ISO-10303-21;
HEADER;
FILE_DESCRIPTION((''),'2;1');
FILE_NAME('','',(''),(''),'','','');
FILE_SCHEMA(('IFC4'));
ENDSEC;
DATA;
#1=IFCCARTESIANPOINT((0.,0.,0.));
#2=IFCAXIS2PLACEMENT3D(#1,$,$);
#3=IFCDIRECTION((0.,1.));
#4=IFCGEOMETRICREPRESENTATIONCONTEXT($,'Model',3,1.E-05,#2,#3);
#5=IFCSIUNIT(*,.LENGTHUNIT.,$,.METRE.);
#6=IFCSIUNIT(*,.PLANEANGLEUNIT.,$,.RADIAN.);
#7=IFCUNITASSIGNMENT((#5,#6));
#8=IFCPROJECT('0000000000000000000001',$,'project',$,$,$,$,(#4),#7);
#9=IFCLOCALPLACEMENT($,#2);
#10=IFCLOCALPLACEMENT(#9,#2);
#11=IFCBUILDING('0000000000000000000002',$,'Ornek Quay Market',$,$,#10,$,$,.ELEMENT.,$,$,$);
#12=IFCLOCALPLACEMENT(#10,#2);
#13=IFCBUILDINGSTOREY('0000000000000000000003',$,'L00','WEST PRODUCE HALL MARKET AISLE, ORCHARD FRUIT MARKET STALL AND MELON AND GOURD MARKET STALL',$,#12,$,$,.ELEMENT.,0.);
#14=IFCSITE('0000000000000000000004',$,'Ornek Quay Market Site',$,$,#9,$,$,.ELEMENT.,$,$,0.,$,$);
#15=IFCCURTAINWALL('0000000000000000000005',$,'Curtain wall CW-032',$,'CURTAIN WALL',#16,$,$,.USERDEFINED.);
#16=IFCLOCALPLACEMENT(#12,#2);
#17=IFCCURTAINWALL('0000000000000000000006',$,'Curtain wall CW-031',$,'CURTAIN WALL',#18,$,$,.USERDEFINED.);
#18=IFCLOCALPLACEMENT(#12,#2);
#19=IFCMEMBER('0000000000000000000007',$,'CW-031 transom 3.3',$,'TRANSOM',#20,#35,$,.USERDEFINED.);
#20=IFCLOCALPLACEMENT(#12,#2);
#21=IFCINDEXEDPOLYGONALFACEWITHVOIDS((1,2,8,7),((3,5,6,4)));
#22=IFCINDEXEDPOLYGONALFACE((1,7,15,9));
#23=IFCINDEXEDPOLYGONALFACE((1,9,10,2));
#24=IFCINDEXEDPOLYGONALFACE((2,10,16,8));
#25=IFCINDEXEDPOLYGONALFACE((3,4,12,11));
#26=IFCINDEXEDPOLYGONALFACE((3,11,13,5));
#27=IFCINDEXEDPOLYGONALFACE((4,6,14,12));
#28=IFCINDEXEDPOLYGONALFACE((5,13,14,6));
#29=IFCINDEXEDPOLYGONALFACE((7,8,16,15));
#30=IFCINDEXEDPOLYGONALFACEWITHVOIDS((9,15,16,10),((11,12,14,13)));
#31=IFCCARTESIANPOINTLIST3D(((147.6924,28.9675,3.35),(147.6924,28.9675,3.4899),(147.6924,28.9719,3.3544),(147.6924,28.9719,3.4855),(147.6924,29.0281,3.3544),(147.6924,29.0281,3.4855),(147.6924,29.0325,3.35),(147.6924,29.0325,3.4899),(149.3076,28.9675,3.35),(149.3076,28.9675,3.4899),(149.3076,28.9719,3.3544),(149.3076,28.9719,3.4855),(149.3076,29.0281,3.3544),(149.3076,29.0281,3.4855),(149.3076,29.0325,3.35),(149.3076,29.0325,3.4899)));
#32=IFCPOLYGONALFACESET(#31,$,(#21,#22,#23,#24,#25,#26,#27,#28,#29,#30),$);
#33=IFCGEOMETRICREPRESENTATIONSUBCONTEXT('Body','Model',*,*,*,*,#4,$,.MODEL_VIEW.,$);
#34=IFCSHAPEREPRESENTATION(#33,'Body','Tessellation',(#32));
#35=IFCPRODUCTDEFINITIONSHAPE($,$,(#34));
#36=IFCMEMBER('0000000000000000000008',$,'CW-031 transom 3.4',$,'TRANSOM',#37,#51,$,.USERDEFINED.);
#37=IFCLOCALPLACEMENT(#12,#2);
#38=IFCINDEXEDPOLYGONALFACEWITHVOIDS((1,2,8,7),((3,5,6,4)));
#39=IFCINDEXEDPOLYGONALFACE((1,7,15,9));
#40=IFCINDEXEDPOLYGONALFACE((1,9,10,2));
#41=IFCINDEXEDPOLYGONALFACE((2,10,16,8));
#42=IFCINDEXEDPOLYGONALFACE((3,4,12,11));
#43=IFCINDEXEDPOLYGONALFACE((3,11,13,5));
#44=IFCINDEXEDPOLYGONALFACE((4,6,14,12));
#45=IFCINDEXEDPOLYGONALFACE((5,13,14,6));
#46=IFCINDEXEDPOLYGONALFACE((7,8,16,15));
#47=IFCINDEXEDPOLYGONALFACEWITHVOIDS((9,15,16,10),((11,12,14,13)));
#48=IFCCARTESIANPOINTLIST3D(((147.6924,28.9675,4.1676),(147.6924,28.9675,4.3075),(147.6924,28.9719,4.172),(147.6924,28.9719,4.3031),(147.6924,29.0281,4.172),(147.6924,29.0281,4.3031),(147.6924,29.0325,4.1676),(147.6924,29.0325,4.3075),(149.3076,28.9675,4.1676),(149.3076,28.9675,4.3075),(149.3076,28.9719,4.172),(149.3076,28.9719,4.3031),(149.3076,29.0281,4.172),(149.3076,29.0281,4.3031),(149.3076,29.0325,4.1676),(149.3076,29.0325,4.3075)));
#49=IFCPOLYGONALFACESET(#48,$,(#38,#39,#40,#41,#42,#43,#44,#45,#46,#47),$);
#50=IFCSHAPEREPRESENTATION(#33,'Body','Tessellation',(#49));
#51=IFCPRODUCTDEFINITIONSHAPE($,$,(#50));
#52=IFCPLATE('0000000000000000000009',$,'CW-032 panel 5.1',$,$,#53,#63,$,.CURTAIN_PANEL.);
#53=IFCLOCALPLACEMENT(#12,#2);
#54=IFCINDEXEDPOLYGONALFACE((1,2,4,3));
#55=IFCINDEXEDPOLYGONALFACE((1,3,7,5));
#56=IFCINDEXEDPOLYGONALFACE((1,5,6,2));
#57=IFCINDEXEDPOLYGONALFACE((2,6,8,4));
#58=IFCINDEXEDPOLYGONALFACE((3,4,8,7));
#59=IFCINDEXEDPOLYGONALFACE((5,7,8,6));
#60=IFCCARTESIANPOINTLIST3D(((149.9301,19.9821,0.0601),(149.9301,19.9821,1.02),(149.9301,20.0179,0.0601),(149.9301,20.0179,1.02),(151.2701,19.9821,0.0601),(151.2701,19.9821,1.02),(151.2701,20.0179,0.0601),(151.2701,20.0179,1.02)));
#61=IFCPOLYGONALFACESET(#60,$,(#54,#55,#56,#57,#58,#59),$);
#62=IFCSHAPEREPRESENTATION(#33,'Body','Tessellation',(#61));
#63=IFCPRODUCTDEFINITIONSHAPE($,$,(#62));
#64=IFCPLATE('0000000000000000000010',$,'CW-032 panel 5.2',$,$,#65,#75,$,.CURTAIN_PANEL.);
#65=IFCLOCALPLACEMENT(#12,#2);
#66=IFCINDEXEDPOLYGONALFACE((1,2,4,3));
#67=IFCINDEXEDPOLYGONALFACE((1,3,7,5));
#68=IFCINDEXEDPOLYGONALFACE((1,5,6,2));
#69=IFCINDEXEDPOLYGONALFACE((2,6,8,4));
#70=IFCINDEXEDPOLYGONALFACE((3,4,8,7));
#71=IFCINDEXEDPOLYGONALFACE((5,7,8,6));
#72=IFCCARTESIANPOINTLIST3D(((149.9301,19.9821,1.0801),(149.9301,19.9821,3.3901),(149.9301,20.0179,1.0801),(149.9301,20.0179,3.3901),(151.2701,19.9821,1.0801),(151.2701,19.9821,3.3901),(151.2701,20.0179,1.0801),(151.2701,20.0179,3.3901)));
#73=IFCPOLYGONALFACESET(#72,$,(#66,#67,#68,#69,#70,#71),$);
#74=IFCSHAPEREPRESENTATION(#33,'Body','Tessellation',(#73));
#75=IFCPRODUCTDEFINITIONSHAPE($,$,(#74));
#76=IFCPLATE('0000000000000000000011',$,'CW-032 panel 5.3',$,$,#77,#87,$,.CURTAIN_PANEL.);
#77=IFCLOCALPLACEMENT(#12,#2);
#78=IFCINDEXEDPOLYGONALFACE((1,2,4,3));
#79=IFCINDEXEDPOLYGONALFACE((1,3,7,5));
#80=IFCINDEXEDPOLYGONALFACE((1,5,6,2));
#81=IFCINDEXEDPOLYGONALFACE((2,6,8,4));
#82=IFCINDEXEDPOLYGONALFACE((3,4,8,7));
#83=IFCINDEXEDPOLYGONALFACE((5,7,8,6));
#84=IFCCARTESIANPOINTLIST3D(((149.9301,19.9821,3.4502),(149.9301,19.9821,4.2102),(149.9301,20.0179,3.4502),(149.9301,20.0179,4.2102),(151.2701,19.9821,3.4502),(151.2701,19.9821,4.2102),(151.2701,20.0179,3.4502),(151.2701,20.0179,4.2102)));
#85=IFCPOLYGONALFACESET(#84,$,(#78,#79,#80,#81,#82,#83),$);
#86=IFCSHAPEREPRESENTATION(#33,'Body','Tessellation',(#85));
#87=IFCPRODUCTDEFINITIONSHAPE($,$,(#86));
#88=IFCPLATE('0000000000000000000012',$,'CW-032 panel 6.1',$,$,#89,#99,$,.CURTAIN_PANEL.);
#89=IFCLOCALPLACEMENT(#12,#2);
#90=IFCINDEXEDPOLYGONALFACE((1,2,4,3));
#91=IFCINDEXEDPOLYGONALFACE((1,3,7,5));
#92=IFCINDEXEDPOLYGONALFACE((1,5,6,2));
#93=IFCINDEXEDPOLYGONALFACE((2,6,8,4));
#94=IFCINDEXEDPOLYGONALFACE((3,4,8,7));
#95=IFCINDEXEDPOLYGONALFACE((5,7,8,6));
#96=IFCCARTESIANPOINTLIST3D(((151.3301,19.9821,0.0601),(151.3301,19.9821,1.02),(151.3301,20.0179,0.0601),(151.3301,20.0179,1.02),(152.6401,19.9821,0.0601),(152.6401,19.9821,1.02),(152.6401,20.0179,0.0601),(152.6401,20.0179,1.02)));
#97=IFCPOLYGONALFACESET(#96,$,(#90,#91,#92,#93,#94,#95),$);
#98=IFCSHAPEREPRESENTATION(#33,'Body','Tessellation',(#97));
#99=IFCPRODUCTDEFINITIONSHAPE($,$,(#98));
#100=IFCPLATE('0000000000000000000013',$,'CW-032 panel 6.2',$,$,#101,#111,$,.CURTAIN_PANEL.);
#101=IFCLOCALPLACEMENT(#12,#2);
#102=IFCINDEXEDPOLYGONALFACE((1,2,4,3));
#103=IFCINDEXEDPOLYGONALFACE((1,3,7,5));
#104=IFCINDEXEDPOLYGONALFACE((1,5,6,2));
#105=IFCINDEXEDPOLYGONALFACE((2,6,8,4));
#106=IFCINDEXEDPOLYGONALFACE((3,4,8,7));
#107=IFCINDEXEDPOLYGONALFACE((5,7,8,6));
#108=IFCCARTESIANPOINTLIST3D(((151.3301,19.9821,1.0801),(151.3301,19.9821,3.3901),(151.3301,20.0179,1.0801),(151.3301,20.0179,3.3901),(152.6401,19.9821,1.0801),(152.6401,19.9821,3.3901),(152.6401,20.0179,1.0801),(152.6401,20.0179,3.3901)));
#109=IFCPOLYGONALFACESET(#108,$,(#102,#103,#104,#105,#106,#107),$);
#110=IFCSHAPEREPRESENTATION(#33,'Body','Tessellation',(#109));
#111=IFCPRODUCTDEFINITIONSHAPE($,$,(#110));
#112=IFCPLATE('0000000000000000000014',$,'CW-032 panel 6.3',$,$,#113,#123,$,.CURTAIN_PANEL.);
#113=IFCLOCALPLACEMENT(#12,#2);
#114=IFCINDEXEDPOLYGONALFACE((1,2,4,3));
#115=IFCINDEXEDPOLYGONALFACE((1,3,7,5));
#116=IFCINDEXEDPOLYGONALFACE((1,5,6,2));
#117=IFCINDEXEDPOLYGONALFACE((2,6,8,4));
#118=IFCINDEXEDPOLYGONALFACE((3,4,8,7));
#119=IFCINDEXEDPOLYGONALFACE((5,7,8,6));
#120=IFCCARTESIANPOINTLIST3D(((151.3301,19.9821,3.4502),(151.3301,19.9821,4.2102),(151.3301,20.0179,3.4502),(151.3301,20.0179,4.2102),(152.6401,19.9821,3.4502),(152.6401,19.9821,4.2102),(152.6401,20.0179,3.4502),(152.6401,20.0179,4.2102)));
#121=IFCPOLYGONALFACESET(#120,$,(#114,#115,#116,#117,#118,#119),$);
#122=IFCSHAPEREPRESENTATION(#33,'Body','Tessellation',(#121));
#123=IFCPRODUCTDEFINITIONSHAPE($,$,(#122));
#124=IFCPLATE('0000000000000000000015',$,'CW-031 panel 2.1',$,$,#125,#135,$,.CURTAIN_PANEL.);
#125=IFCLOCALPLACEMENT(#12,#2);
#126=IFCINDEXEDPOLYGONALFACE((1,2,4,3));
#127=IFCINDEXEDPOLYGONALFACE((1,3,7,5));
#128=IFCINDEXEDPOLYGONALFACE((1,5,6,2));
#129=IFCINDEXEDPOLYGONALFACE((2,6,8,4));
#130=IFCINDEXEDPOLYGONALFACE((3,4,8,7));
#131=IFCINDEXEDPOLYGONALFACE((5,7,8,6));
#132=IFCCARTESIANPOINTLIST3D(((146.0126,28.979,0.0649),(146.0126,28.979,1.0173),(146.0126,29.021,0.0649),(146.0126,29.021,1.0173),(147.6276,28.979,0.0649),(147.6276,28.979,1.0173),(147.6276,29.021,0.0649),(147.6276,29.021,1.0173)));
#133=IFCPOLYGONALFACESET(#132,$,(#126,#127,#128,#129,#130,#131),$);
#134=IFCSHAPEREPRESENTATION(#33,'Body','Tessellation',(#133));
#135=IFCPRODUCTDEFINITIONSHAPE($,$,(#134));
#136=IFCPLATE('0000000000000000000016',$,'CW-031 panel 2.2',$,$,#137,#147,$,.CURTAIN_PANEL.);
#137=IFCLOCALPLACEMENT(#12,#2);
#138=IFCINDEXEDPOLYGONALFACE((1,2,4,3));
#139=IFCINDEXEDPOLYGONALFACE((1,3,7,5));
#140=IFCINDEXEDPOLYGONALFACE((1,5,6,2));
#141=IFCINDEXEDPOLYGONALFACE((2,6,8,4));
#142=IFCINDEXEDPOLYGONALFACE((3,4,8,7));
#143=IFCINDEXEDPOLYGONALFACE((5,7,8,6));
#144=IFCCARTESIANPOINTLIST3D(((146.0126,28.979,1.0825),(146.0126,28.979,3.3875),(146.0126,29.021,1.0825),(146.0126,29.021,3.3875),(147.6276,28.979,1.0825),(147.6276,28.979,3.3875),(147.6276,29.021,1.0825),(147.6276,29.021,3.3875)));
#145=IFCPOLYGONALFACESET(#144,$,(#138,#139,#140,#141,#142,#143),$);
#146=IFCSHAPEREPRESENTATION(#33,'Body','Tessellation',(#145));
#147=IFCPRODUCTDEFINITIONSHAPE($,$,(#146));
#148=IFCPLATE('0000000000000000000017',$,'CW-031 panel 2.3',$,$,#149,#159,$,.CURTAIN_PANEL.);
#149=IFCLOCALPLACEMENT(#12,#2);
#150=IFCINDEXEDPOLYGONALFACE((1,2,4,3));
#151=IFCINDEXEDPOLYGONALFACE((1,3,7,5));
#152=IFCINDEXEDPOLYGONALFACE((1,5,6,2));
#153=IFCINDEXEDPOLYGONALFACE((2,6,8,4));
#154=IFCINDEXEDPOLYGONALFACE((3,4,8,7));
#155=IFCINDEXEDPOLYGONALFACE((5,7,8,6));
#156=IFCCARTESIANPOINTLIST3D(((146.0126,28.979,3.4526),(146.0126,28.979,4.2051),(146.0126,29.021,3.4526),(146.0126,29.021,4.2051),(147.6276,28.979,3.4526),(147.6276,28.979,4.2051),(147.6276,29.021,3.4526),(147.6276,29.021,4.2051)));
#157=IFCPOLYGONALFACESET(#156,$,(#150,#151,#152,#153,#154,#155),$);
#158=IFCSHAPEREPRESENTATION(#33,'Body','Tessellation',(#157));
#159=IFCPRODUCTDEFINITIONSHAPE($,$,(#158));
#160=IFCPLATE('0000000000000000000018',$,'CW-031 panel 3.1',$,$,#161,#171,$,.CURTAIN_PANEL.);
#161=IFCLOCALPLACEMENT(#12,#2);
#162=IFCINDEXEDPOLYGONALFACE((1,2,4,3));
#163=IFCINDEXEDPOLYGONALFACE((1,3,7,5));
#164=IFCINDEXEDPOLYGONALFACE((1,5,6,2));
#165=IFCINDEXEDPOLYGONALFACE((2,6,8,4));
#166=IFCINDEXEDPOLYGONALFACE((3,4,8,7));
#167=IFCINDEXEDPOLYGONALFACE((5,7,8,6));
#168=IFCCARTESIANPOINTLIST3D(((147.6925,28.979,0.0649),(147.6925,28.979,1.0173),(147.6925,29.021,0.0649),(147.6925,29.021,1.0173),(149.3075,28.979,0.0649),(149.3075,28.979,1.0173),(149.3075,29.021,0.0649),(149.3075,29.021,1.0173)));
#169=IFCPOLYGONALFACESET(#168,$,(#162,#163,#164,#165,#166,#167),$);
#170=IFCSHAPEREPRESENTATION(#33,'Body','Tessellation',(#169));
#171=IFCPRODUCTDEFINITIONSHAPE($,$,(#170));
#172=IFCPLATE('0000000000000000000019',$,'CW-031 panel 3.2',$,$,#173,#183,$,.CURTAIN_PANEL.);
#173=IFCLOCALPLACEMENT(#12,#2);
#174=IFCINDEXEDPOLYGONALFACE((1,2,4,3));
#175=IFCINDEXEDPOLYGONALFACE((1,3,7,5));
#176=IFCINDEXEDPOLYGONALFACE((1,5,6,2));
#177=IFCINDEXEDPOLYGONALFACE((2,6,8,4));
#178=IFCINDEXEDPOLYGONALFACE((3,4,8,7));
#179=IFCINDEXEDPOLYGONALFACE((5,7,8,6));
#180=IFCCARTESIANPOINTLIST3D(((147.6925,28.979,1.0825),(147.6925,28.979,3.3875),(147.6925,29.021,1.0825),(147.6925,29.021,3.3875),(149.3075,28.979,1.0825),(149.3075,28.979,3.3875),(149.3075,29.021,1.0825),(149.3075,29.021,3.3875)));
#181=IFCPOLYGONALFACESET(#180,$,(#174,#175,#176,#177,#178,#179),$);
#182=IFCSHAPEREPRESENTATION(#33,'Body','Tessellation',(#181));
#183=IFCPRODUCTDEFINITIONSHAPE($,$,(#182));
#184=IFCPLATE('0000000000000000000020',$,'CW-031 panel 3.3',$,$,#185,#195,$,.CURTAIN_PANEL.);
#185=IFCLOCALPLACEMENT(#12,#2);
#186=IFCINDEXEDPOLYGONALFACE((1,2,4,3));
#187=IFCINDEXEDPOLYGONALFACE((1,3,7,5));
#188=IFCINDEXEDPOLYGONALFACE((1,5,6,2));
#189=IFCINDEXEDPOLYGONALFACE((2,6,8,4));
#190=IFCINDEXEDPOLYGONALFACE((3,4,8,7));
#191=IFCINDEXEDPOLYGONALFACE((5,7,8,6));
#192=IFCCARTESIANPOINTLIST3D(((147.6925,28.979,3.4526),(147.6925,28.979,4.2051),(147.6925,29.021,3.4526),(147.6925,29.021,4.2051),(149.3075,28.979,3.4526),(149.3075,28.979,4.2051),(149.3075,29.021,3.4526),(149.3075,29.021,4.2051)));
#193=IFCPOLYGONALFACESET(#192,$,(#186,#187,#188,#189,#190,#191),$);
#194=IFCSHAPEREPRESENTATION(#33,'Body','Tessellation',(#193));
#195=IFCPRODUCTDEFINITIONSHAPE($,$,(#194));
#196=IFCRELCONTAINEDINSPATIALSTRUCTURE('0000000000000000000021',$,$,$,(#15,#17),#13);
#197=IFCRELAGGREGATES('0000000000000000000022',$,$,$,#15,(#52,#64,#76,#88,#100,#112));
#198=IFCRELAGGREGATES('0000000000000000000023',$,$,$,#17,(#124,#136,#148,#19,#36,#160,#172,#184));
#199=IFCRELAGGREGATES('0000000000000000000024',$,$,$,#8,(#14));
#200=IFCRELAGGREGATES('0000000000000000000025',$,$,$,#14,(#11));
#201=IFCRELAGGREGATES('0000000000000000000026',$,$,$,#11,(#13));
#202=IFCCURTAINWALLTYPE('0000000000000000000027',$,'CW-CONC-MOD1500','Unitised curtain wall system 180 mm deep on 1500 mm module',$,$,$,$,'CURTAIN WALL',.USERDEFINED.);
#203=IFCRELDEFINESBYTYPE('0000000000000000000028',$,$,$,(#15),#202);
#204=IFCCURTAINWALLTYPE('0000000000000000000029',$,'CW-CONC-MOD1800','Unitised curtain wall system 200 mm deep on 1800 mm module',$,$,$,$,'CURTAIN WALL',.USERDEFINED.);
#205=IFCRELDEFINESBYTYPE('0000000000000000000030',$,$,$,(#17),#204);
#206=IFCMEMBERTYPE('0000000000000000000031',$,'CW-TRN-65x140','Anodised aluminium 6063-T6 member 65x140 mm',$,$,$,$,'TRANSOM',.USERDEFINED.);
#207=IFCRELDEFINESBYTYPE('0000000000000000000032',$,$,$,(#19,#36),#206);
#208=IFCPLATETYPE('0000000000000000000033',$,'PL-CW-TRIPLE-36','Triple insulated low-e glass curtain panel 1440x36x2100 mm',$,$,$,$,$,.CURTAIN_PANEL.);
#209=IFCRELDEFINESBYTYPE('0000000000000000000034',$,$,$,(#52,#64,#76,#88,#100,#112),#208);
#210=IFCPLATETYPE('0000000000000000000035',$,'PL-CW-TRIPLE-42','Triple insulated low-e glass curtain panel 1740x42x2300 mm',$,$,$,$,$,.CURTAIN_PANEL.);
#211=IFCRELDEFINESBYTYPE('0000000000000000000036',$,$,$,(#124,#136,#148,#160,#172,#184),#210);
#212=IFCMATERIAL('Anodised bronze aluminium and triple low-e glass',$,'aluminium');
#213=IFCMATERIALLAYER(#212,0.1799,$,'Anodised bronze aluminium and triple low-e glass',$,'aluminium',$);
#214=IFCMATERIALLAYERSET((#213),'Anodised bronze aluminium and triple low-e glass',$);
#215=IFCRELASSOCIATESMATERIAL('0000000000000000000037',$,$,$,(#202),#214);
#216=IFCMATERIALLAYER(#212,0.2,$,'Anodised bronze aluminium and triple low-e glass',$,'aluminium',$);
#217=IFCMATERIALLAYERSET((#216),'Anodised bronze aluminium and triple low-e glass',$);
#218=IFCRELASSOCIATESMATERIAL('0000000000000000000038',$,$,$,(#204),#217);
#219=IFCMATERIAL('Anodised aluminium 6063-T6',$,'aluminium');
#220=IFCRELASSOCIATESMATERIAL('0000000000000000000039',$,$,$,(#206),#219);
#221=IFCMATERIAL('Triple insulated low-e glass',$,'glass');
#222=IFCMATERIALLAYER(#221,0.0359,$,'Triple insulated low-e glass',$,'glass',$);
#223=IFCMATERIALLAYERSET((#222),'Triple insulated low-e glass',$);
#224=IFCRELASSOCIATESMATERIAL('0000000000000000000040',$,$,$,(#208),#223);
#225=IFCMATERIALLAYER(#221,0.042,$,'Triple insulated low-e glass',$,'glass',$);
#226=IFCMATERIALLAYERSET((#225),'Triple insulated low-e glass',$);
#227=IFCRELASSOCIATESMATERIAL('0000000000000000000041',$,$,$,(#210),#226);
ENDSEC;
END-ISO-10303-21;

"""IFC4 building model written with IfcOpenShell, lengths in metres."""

from ifc_helpers import new_model, si_unit, direction, frame, origin, origin_2d, place, context, subcontext, project, spatial, rectangle, hollow_rectangle, extrude, material, layer, layer_set, material_profile, profile_set, type_object, element, aggregate, save


model = new_model("IFC4")

# Units and contexts
model_context = context("Model", 3, precision=1e-05, world=origin(), true_north=direction((0.0, 1.0)))
body_context = subcontext(model_context, "Body", "Model", "MODEL_VIEW")
ifc_project = project(units=[si_unit("LENGTHUNIT", "METRE"), si_unit("PLANEANGLEUNIT", "RADIAN")], contexts=[model_context])

# Site, building, storey
site_placement = place(None, origin())
site = spatial("IfcSite", under=ifc_project, at=site_placement, Name="Ornek Quay Market Site", CompositionType="ELEMENT", RefElevation=0.0)
building_placement = place(site_placement, origin())
building = spatial("IfcBuilding", under=site, at=building_placement, Name="Ornek Quay Market", CompositionType="ELEMENT")
storey_placement = place(building_placement, origin())
storey = spatial("IfcBuildingStorey", under=building, at=storey_placement, Name="L00", Description="WEST PRODUCE HALL MARKET AISLE, ORCHARD FRUIT MARKET STALL AND MELON AND GOURD MARKET STALL", CompositionType="ELEMENT", Elevation=0.0)

# Curtain walls
ifc_material_1 = material(Name="Anodised bronze aluminium and triple low-e glass", Category="aluminium")
ifc_layer_1 = layer(ifc_material_1, 0.1799, Name="Anodised bronze aluminium and triple low-e glass", Category="aluminium")
ifc_layer_set_1 = layer_set([ifc_layer_1], Name="Anodised bronze aluminium and triple low-e glass")
curtain_wall_type_1 = type_object("IfcCurtainWallType", Name="CW-CONC-MOD1500", Description="Unitised curtain wall system 180 mm deep on 1500 mm module", ElementType="CURTAIN WALL", PredefinedType="USERDEFINED", material=ifc_layer_set_1)
curtain_wall_1_placement = place(storey_placement, origin())
curtain_wall_1 = element("IfcCurtainWall", 1, at=curtain_wall_1_placement, inside=storey, type_object=curtain_wall_type_1, Name="Curtain wall CW-032", ObjectType="CURTAIN WALL", PredefinedType="USERDEFINED")
ifc_material_2 = material(Name="Anodised aluminium 6063-T6", Category="aluminium")
ifc_layer_2 = layer(ifc_material_1, 0.2, Name="Anodised bronze aluminium and triple low-e glass", Category="aluminium")
ifc_layer_set_2 = layer_set([ifc_layer_2], Name="Anodised bronze aluminium and triple low-e glass")
curtain_wall_type_2 = type_object("IfcCurtainWallType", Name="CW-CONC-MOD1800", Description="Unitised curtain wall system 200 mm deep on 1800 mm module", ElementType="CURTAIN WALL", PredefinedType="USERDEFINED", material=ifc_layer_set_2)
curtain_wall_2_placement = place(storey_placement, origin())
curtain_wall_2 = element("IfcCurtainWall", 2, at=curtain_wall_2_placement, inside=storey, type_object=curtain_wall_type_2, Name="Curtain wall CW-031", ObjectType="CURTAIN WALL", PredefinedType="USERDEFINED")

# Members
ifc_material_profile_1 = material_profile(ifc_material_2, hollow_rectangle(XDim=0.0649, YDim=0.1399, WallThickness=0.0044, at=origin_2d()), Name="CW-TRN-65x140", Category="aluminium")
ifc_profile_set_1 = profile_set([ifc_material_profile_1], Name="Anodised aluminium 6063-T6")
member_type_1 = type_object("IfcMemberType", Name="CW-TRN-65x140", Description="Anodised aluminium 6063-T6 member 65x140 mm", ElementType="TRANSOM", PredefinedType="USERDEFINED", material=ifc_profile_set_1)
member_1_placement = place(storey_placement, frame((147.6924, 29.0, 3.4199), z_axis=(1.0, 0.0, 0.0), x_axis=(0.0, 1.0, 0.0)))
member_1 = element("IfcMember", 3, at=member_1_placement, type_object=member_type_1, Name="CW-031 transom 3.3", ObjectType="TRANSOM", PredefinedType="USERDEFINED", context=body_context, shape_type="SweptSolid", body=[
    extrude(hollow_rectangle(XDim=0.0649, YDim=0.1399, WallThickness=0.0044, at=origin_2d()), origin(), (0.0, 0.0, 1.0), 1.6152),
])
member_2_placement = place(storey_placement, frame((147.6924, 29.0, 4.2375), z_axis=(1.0, 0.0, 0.0), x_axis=(0.0, 1.0, 0.0)))
member_2 = element("IfcMember", 4, at=member_2_placement, type_object=member_type_1, Name="CW-031 transom 3.4", ObjectType="TRANSOM", PredefinedType="USERDEFINED", context=body_context, shape_type="SweptSolid", body=[
    extrude(hollow_rectangle(XDim=0.0649, YDim=0.1399, WallThickness=0.0044, at=origin_2d()), origin(), (0.0, 0.0, 1.0), 1.6152),
])

# Plates
ifc_material_3 = material(Name="Triple insulated low-e glass", Category="glass")
ifc_layer_3 = layer(ifc_material_3, 0.0359, Name="Triple insulated low-e glass", Category="glass")
ifc_layer_set_3 = layer_set([ifc_layer_3], Name="Triple insulated low-e glass")
plate_type_1 = type_object("IfcPlateType", Name="PL-CW-TRIPLE-36", Description="Triple insulated low-e glass curtain panel 1440x36x2100 mm", PredefinedType="CURTAIN_PANEL", material=ifc_layer_set_3)
plate_1_placement = place(storey_placement, frame((150.6001, 20.0, 0.0601), z_axis=(0.0, 0.0, 1.0), x_axis=(1.0, 0.0, 0.0)))
plate_1 = element("IfcPlate", 5, at=plate_1_placement, type_object=plate_type_1, Name="CW-032 panel 5.1", PredefinedType="CURTAIN_PANEL", context=body_context, shape_type="SweptSolid", body=[
    extrude(rectangle(XDim=1.3401, YDim=0.0359, at=origin_2d()), origin(), (0.0, 0.0, 1.0), 0.96),
])
plate_2_placement = place(storey_placement, frame((150.6001, 20.0, 1.0801), z_axis=(0.0, 0.0, 1.0), x_axis=(1.0, 0.0, 0.0)))
plate_2 = element("IfcPlate", 6, at=plate_2_placement, type_object=plate_type_1, Name="CW-032 panel 5.2", PredefinedType="CURTAIN_PANEL", context=body_context, shape_type="SweptSolid", body=[
    extrude(rectangle(XDim=1.3401, YDim=0.0359, at=origin_2d()), origin(), (0.0, 0.0, 1.0), 2.3101),
])
plate_3_placement = place(storey_placement, frame((150.6001, 20.0, 3.4502), z_axis=(0.0, 0.0, 1.0), x_axis=(1.0, 0.0, 0.0)))
plate_3 = element("IfcPlate", 7, at=plate_3_placement, type_object=plate_type_1, Name="CW-032 panel 5.3", PredefinedType="CURTAIN_PANEL", context=body_context, shape_type="SweptSolid", body=[
    extrude(rectangle(XDim=1.3401, YDim=0.0359, at=origin_2d()), origin(), (0.0, 0.0, 1.0), 0.76),
])
plate_4_placement = place(storey_placement, frame((151.9851, 20.0, 0.0601), z_axis=(0.0, 0.0, 1.0), x_axis=(1.0, 0.0, 0.0)))
plate_4 = element("IfcPlate", 8, at=plate_4_placement, type_object=plate_type_1, Name="CW-032 panel 6.1", PredefinedType="CURTAIN_PANEL", context=body_context, shape_type="SweptSolid", body=[
    extrude(rectangle(XDim=1.3101, YDim=0.0359, at=origin_2d()), origin(), (0.0, 0.0, 1.0), 0.96),
])
plate_5_placement = place(storey_placement, frame((151.9851, 20.0, 1.0801), z_axis=(0.0, 0.0, 1.0), x_axis=(1.0, 0.0, 0.0)))
plate_5 = element("IfcPlate", 9, at=plate_5_placement, type_object=plate_type_1, Name="CW-032 panel 6.2", PredefinedType="CURTAIN_PANEL", context=body_context, shape_type="SweptSolid", body=[
    extrude(rectangle(XDim=1.3101, YDim=0.0359, at=origin_2d()), origin(), (0.0, 0.0, 1.0), 2.3101),
])
plate_6_placement = place(storey_placement, frame((151.9851, 20.0, 3.4502), z_axis=(0.0, 0.0, 1.0), x_axis=(1.0, 0.0, 0.0)))
plate_6 = element("IfcPlate", 10, at=plate_6_placement, type_object=plate_type_1, Name="CW-032 panel 6.3", PredefinedType="CURTAIN_PANEL", context=body_context, shape_type="SweptSolid", body=[
    extrude(rectangle(XDim=1.3101, YDim=0.0359, at=origin_2d()), origin(), (0.0, 0.0, 1.0), 0.76),
])
aggregate(curtain_wall_1, [plate_1, plate_2, plate_3, plate_4, plate_5, plate_6])
ifc_layer_4 = layer(ifc_material_3, 0.042, Name="Triple insulated low-e glass", Category="glass")
ifc_layer_set_4 = layer_set([ifc_layer_4], Name="Triple insulated low-e glass")
plate_type_2 = type_object("IfcPlateType", Name="PL-CW-TRIPLE-42", Description="Triple insulated low-e glass curtain panel 1740x42x2300 mm", PredefinedType="CURTAIN_PANEL", material=ifc_layer_set_4)
plate_7_placement = place(storey_placement, frame((146.8201, 29.0, 0.0649), z_axis=(0.0, 0.0, 1.0), x_axis=(1.0, 0.0, 0.0)))
plate_7 = element("IfcPlate", 11, at=plate_7_placement, type_object=plate_type_2, Name="CW-031 panel 2.1", PredefinedType="CURTAIN_PANEL", context=body_context, shape_type="SweptSolid", body=[
    extrude(rectangle(XDim=1.615, YDim=0.042, at=origin_2d()), origin(), (0.0, 0.0, 1.0), 0.9524),
])
plate_8_placement = place(storey_placement, frame((146.8201, 29.0, 1.0825), z_axis=(0.0, 0.0, 1.0), x_axis=(1.0, 0.0, 0.0)))
plate_8 = element("IfcPlate", 12, at=plate_8_placement, type_object=plate_type_2, Name="CW-031 panel 2.2", PredefinedType="CURTAIN_PANEL", context=body_context, shape_type="SweptSolid", body=[
    extrude(rectangle(XDim=1.615, YDim=0.042, at=origin_2d()), origin(), (0.0, 0.0, 1.0), 2.3049),
])
plate_9_placement = place(storey_placement, frame((146.8201, 29.0, 3.4526), z_axis=(0.0, 0.0, 1.0), x_axis=(1.0, 0.0, 0.0)))
plate_9 = element("IfcPlate", 13, at=plate_9_placement, type_object=plate_type_2, Name="CW-031 panel 2.3", PredefinedType="CURTAIN_PANEL", context=body_context, shape_type="SweptSolid", body=[
    extrude(rectangle(XDim=1.615, YDim=0.042, at=origin_2d()), origin(), (0.0, 0.0, 1.0), 0.7524),
])
plate_10_placement = place(storey_placement, frame((148.5, 29.0, 0.0649), z_axis=(0.0, 0.0, 1.0), x_axis=(1.0, 0.0, 0.0)))
plate_10 = element("IfcPlate", 14, at=plate_10_placement, type_object=plate_type_2, Name="CW-031 panel 3.1", PredefinedType="CURTAIN_PANEL", context=body_context, shape_type="SweptSolid", body=[
    extrude(rectangle(XDim=1.615, YDim=0.042, at=origin_2d()), origin(), (0.0, 0.0, 1.0), 0.9524),
])
plate_11_placement = place(storey_placement, frame((148.5, 29.0, 1.0825), z_axis=(0.0, 0.0, 1.0), x_axis=(1.0, 0.0, 0.0)))
plate_11 = element("IfcPlate", 15, at=plate_11_placement, type_object=plate_type_2, Name="CW-031 panel 3.2", PredefinedType="CURTAIN_PANEL", context=body_context, shape_type="SweptSolid", body=[
    extrude(rectangle(XDim=1.615, YDim=0.042, at=origin_2d()), origin(), (0.0, 0.0, 1.0), 2.3049),
])
plate_12_placement = place(storey_placement, frame((148.5, 29.0, 3.4526), z_axis=(0.0, 0.0, 1.0), x_axis=(1.0, 0.0, 0.0)))
plate_12 = element("IfcPlate", 16, at=plate_12_placement, type_object=plate_type_2, Name="CW-031 panel 3.3", PredefinedType="CURTAIN_PANEL", context=body_context, shape_type="SweptSolid", body=[
    extrude(rectangle(XDim=1.615, YDim=0.042, at=origin_2d()), origin(), (0.0, 0.0, 1.0), 0.7524),
])
aggregate(curtain_wall_2, [plate_7, plate_8, plate_9, member_1, member_2, plate_10, plate_11, plate_12])

save(model, "model.ifc")
